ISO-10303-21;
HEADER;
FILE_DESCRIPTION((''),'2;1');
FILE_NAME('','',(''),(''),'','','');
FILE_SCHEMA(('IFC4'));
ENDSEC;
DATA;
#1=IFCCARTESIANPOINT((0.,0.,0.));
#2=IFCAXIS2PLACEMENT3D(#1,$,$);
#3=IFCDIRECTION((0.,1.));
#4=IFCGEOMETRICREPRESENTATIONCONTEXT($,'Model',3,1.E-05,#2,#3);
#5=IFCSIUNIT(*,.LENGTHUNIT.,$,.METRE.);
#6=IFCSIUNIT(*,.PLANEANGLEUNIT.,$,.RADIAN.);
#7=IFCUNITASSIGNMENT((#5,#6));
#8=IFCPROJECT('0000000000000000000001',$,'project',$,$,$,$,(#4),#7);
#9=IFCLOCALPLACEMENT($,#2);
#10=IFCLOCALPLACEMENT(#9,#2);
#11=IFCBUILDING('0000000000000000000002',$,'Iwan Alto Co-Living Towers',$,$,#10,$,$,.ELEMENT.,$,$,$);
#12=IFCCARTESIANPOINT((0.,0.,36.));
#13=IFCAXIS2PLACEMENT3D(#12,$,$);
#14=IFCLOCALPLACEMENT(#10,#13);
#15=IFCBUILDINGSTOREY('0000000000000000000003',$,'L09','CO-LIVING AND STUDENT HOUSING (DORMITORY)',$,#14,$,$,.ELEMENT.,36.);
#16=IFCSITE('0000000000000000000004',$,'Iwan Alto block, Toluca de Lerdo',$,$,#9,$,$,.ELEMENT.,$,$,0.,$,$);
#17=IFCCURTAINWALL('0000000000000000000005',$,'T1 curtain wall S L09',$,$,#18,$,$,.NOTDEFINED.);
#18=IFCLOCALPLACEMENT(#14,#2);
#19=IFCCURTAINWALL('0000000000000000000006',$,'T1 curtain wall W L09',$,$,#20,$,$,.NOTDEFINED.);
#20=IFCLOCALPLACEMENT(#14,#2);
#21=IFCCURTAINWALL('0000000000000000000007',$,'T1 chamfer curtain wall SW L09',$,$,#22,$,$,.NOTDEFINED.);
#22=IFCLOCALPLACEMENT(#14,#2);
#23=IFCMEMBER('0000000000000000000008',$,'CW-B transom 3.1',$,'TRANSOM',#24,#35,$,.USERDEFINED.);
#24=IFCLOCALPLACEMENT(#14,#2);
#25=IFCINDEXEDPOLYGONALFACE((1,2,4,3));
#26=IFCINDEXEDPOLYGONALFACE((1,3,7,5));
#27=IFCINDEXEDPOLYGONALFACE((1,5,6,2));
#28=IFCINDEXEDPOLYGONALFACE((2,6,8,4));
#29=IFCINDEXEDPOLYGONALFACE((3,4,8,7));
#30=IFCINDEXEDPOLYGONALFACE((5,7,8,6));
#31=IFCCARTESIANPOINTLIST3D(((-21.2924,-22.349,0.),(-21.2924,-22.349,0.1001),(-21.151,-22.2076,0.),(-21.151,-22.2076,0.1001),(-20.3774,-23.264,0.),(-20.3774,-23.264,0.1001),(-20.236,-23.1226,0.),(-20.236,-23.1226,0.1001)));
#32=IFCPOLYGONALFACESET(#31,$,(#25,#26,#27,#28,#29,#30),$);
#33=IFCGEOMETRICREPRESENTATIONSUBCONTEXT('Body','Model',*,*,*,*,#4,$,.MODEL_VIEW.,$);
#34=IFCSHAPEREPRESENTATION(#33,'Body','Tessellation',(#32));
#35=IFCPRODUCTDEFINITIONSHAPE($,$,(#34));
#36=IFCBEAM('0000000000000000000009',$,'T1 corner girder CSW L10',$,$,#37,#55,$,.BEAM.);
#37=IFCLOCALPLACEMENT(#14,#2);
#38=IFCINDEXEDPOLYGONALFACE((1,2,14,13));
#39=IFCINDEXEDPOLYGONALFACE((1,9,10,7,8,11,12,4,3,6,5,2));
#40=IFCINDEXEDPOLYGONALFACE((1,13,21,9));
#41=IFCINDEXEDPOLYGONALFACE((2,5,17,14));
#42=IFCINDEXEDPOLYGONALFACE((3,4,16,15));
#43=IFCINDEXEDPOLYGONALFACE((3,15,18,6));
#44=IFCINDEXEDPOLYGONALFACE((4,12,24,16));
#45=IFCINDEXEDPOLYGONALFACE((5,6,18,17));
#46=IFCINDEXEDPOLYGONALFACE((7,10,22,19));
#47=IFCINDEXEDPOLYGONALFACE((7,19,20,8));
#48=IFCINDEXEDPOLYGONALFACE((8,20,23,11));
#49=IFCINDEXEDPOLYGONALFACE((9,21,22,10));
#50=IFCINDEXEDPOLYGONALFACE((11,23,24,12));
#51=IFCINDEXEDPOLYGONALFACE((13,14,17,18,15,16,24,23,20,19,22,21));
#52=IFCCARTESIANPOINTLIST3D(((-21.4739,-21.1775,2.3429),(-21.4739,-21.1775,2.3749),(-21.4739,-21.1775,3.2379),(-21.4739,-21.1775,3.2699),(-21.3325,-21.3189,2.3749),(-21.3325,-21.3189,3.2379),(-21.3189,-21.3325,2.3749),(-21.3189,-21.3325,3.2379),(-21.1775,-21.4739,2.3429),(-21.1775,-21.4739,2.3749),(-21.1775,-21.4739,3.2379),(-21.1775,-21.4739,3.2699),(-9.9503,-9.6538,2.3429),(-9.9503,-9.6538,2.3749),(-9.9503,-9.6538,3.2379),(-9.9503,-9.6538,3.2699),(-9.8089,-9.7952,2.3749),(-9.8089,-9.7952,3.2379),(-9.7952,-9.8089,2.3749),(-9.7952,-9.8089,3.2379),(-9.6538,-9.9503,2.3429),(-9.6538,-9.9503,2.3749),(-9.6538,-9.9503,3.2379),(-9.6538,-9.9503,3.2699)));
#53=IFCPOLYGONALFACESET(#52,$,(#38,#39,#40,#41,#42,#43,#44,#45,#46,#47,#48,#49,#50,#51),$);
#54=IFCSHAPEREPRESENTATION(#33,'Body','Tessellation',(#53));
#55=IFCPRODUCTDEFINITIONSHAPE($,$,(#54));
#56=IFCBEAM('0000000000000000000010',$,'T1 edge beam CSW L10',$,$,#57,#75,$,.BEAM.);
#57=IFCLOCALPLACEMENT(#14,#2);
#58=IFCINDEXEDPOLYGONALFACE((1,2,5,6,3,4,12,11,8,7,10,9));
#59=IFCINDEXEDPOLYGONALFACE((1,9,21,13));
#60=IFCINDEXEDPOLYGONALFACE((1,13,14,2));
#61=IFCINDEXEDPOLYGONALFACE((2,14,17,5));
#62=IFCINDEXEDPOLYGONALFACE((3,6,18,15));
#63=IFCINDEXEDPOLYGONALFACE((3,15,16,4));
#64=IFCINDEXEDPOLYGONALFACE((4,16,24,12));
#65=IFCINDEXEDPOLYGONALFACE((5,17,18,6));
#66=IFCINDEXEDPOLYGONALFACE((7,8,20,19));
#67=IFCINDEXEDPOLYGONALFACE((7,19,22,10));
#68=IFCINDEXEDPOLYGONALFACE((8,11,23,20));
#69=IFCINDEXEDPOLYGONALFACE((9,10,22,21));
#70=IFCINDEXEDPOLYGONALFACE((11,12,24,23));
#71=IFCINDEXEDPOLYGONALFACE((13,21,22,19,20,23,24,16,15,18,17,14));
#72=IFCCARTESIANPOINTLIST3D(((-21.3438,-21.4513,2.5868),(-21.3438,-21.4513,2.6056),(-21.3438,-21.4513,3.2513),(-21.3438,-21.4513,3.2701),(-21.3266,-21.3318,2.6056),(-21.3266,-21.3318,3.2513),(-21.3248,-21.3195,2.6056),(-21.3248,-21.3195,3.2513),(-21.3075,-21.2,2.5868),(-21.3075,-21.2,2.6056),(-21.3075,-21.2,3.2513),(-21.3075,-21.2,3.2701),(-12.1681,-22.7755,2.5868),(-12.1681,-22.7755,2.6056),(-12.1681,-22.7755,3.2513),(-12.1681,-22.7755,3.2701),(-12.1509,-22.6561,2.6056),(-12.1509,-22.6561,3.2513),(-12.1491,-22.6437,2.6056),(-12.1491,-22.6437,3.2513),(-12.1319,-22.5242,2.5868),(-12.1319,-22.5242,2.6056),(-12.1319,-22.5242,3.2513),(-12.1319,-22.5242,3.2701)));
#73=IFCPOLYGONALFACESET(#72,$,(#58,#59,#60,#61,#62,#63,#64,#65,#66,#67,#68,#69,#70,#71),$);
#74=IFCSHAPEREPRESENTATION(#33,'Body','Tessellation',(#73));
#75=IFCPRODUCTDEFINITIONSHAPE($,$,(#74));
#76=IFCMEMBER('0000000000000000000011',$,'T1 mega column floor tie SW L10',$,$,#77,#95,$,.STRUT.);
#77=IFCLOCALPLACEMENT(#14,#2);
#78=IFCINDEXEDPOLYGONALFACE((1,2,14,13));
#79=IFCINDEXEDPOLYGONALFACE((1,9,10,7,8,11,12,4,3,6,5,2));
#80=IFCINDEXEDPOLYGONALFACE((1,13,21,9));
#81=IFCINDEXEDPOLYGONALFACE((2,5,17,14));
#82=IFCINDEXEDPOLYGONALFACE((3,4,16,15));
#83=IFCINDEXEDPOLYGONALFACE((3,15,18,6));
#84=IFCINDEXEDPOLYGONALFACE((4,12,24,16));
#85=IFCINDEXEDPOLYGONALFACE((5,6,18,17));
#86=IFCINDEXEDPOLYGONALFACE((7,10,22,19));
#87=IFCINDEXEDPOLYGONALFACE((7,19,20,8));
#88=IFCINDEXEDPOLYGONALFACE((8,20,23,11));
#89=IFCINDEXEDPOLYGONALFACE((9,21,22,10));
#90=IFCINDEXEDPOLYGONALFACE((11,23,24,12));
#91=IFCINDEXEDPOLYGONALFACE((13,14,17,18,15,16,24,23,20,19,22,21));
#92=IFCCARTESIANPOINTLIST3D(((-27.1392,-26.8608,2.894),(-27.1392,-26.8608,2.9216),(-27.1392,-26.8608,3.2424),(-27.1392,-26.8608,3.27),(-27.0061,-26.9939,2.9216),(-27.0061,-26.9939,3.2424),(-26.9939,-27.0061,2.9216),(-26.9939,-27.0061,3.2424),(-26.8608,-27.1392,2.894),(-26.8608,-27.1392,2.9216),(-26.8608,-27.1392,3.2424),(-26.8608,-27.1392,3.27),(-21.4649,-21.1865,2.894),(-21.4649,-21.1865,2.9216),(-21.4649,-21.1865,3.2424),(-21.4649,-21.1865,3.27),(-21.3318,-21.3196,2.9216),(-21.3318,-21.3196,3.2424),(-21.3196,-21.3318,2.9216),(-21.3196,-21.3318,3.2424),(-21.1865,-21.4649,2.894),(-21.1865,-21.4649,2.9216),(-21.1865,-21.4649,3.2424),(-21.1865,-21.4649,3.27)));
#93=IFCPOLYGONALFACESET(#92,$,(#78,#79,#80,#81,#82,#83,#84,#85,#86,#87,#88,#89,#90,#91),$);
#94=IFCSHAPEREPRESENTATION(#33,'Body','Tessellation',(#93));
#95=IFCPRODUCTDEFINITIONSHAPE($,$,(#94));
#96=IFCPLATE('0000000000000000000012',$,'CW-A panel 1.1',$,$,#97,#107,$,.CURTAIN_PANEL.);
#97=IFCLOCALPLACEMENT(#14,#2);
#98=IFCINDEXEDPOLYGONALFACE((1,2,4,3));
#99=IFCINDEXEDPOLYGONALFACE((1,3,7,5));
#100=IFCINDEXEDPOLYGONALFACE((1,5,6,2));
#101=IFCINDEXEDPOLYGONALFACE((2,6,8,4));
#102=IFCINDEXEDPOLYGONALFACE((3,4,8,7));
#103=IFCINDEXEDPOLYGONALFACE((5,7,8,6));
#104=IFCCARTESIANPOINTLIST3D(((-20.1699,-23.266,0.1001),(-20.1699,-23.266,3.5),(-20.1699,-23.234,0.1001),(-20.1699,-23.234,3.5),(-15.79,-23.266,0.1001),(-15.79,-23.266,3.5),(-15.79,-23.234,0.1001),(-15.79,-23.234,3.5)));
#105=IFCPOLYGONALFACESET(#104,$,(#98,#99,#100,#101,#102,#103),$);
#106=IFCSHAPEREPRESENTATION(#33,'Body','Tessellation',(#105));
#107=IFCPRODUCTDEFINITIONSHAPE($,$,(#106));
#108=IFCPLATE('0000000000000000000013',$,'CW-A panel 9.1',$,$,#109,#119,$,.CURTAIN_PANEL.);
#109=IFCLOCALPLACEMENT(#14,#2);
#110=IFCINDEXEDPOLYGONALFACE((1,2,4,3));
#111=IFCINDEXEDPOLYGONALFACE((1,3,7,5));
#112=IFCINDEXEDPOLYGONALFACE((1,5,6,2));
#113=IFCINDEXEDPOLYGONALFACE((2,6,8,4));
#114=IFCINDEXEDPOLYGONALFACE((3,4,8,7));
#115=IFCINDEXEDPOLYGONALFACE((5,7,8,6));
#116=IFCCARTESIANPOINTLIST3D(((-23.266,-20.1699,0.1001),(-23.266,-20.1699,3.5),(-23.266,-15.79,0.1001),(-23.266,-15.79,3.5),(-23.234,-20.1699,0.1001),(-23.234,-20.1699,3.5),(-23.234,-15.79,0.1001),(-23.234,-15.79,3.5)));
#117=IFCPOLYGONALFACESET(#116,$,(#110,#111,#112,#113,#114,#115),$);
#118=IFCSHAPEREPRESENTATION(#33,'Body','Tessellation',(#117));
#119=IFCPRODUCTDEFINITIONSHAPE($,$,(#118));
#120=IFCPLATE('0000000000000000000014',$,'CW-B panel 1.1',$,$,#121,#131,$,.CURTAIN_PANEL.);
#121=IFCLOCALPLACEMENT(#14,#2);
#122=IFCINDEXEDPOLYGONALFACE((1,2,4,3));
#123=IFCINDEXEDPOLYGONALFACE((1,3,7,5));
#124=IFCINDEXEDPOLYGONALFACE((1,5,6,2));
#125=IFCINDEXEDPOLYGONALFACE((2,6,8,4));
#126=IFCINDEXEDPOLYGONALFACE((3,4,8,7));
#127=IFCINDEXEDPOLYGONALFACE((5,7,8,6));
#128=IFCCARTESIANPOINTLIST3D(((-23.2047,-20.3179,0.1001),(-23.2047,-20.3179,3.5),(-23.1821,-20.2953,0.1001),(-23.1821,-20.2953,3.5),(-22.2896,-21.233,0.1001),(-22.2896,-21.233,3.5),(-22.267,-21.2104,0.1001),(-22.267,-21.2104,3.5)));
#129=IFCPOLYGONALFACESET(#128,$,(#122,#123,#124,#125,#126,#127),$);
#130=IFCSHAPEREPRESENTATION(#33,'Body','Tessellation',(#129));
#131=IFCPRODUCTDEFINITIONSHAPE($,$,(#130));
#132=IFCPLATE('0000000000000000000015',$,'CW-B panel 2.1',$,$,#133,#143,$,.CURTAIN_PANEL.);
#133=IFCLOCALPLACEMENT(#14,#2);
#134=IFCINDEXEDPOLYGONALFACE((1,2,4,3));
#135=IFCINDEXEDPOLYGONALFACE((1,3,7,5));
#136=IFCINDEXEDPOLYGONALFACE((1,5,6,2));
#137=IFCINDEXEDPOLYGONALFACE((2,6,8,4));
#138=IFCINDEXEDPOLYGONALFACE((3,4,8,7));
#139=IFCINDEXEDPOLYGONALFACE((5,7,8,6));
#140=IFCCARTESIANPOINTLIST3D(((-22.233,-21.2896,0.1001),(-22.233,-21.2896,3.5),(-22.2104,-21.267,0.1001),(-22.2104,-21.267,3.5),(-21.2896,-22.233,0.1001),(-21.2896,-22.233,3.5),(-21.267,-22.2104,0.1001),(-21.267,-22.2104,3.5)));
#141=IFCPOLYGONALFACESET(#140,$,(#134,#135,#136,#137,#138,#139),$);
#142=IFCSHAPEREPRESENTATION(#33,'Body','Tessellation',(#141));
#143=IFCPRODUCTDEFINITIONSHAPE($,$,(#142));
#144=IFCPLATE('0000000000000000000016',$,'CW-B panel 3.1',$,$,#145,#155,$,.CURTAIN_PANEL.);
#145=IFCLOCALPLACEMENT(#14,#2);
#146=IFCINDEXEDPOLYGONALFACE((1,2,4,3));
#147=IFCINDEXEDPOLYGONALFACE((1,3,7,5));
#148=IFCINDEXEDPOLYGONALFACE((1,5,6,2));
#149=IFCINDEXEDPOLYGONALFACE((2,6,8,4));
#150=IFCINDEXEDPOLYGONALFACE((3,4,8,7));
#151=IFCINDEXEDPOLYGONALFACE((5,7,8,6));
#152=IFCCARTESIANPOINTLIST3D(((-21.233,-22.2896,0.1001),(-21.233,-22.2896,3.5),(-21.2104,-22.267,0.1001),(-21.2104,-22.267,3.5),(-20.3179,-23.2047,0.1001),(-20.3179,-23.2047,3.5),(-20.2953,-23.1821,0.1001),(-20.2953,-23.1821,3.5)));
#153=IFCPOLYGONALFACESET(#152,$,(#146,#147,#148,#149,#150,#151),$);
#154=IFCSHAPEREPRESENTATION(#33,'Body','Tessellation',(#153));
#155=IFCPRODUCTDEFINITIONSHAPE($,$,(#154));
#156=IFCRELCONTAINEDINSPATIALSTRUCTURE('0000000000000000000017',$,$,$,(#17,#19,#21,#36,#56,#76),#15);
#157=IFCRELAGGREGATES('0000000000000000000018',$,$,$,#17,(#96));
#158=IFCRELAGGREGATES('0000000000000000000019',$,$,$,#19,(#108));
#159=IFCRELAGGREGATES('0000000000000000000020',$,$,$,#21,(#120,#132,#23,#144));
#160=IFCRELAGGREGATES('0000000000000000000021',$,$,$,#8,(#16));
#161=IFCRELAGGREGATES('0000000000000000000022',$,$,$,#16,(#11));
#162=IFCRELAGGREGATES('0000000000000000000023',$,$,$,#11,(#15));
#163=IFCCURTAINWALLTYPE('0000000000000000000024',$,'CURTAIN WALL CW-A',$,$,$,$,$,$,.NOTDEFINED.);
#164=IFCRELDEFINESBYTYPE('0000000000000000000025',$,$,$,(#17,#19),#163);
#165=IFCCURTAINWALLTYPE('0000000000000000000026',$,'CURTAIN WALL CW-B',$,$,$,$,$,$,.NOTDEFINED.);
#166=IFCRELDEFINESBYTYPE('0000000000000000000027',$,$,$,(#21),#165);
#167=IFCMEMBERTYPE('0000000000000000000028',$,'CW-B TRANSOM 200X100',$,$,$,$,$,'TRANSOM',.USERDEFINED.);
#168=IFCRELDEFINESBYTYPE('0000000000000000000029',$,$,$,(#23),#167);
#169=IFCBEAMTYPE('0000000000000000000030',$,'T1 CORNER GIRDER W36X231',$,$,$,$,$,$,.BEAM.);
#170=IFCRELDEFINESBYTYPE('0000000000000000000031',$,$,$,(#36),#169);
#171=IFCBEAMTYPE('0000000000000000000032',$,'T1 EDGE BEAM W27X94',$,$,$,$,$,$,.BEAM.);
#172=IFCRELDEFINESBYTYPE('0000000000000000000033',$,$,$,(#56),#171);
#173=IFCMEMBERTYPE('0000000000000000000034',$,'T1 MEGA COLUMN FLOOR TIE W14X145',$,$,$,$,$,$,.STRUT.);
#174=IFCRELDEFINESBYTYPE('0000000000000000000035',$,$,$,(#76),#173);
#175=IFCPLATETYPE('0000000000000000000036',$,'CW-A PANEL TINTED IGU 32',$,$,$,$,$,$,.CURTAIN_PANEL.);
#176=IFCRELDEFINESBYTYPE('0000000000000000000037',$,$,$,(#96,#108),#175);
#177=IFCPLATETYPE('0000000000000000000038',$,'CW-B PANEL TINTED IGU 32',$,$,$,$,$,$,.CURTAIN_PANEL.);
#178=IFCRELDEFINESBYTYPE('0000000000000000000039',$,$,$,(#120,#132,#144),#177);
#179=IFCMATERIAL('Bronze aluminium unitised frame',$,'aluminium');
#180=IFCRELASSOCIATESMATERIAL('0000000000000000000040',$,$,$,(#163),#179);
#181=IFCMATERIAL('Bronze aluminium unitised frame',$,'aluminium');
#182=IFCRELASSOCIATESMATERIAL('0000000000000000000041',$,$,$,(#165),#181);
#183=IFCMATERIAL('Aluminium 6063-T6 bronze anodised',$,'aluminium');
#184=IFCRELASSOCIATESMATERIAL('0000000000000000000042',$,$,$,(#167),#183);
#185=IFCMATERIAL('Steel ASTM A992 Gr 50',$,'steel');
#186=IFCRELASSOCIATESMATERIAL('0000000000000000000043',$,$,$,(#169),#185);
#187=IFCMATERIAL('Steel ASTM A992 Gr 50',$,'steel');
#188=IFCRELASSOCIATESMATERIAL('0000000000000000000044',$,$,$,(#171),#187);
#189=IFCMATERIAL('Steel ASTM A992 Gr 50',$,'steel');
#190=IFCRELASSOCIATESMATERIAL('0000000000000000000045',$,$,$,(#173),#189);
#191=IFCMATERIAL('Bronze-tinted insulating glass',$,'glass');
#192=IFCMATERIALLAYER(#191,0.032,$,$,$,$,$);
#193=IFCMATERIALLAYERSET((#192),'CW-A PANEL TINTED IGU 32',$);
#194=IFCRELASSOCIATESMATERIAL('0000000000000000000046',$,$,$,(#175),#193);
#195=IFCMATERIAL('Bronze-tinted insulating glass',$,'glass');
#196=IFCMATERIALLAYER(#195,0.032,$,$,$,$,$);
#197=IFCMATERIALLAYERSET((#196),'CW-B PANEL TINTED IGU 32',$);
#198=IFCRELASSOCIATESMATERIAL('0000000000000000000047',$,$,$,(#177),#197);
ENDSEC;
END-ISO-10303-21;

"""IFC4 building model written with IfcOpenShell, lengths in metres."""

from ifc_helpers import new_model, si_unit, direction, frame, origin, origin_2d, place, context, subcontext, project, spatial, rectangle, i_section, extrude, material, layer, layer_set, material_profile, profile_set, type_object, element, aggregate, save


model = new_model("IFC4")

# Units and contexts
model_context = context("Model", 3, precision=1e-05, world=origin(), true_north=direction((0.0, 1.0)))
body_context = subcontext(model_context, "Body", "Model", "MODEL_VIEW")
ifc_project = project(units=[si_unit("LENGTHUNIT", "METRE"), si_unit("PLANEANGLEUNIT", "RADIAN")], contexts=[model_context])

# Site, building, storey
site_placement = place(None, origin())
site = spatial("IfcSite", under=ifc_project, at=site_placement, Name="Iwan Alto block, Toluca de Lerdo", CompositionType="ELEMENT", RefElevation=0.0)
building_placement = place(site_placement, origin())
building = spatial("IfcBuilding", under=site, at=building_placement, Name="Iwan Alto Co-Living Towers", CompositionType="ELEMENT")
storey_placement = place(building_placement, frame((0.0, 0.0, 36.0)))
storey = spatial("IfcBuildingStorey", under=building, at=storey_placement, Name="L09", Description="CO-LIVING AND STUDENT HOUSING (DORMITORY)", CompositionType="ELEMENT", Elevation=36.0)

# Curtain wall
ifc_material_1 = material(Name="Bronze aluminium unitised frame", Category="aluminium")
curtain_wall_type_1 = type_object("IfcCurtainWallType", Name="CURTAIN WALL CW-A", PredefinedType="NOTDEFINED", material=ifc_material_1)
curtain_wall_1_placement = place(storey_placement, origin())
curtain_wall_1 = element("IfcCurtainWall", 1, at=curtain_wall_1_placement, inside=storey, type_object=curtain_wall_type_1, Name="T1 curtain wall S L09", PredefinedType="NOTDEFINED")

# Curtain wall
curtain_wall_2_placement = place(storey_placement, origin())
curtain_wall_2 = element("IfcCurtainWall", 2, at=curtain_wall_2_placement, inside=storey, type_object=curtain_wall_type_1, Name="T1 curtain wall W L09", PredefinedType="NOTDEFINED")

# Curtain wall, member
ifc_material_2 = material(Name="Bronze aluminium unitised frame", Category="aluminium")
curtain_wall_type_2 = type_object("IfcCurtainWallType", Name="CURTAIN WALL CW-B", PredefinedType="NOTDEFINED", material=ifc_material_2)
curtain_wall_3_placement = place(storey_placement, origin())
curtain_wall_3 = element("IfcCurtainWall", 3, at=curtain_wall_3_placement, inside=storey, type_object=curtain_wall_type_2, Name="T1 chamfer curtain wall SW L09", PredefinedType="NOTDEFINED")
ifc_material_3 = material(Name="Aluminium 6063-T6 bronze anodised", Category="aluminium")
ifc_material_profile_1 = material_profile(ifc_material_3, rectangle(XDim=0.2, YDim=0.1001, at=origin_2d()), Name="AL 200X100")
ifc_profile_set_1 = profile_set([ifc_material_profile_1], Name="Aluminium 6063-T6 bronze anodised")
member_type_1 = type_object("IfcMemberType", Name="CW-B TRANSOM 200X100", ElementType="TRANSOM", PredefinedType="USERDEFINED", material=ifc_profile_set_1)
member_1_placement = place(storey_placement, frame((-21.2217, -22.2783, 0.05), z_axis=(0.707107, -0.707107, 0.0), x_axis=(0.707107, 0.707107, 0.0)))
member_1 = element("IfcMember", 4, at=member_1_placement, type_object=member_type_1, Name="CW-B transom 3.1", ObjectType="TRANSOM", PredefinedType="USERDEFINED", context=body_context, shape_type="SweptSolid", body=[
    extrude(rectangle(XDim=0.2, YDim=0.1001, at=origin_2d()), origin(), (0.0, 0.0, 1.0), 1.2939),
])

# Beams
ifc_material_4 = material(Name="Steel ASTM A992 Gr 50", Category="steel")
ifc_material_profile_2 = material_profile(ifc_material_4, i_section(OverallWidth=0.4192, OverallDepth=0.927, WebThickness=0.0193, FlangeThickness=0.032, at=origin_2d()), Name="W36X231")
ifc_profile_set_2 = profile_set([ifc_material_profile_2], Name="Steel ASTM A992 Gr 50")
beam_type_1 = type_object("IfcBeamType", Name="T1 CORNER GIRDER W36X231", PredefinedType="BEAM", material=ifc_profile_set_2)
beam_1_placement = place(storey_placement, frame((-21.3257, -21.3257, 2.8064), z_axis=(0.707107, 0.707107, 0.0), x_axis=(-0.707107, 0.707107, 0.0)))
element("IfcBeam", 5, at=beam_1_placement, inside=storey, type_object=beam_type_1, Name="T1 corner girder CSW L10", PredefinedType="BEAM", context=body_context, shape_type="SweptSolid", body=[
    extrude(i_section(OverallWidth=0.4192, OverallDepth=0.927, WebThickness=0.0193, FlangeThickness=0.032, at=origin_2d()), origin(), (0.0, 0.0, 1.0), 16.2969),
])
ifc_material_5 = material(Name="Steel ASTM A992 Gr 50", Category="steel")
ifc_material_profile_3 = material_profile(ifc_material_5, i_section(OverallWidth=0.2539, OverallDepth=0.6833, WebThickness=0.0125, FlangeThickness=0.0188, at=origin_2d()), Name="W27X94")
ifc_profile_set_3 = profile_set([ifc_material_profile_3], Name="Steel ASTM A992 Gr 50")
beam_type_2 = type_object("IfcBeamType", Name="T1 EDGE BEAM W27X94", PredefinedType="BEAM", material=ifc_profile_set_3)
beam_2_placement = place(storey_placement, frame((-21.3257, -21.3257, 2.9285), z_axis=(0.989746, -0.142837, 0.0), x_axis=(0.142837, 0.989746, 0.0)))
element("IfcBeam", 6, at=beam_2_placement, inside=storey, type_object=beam_type_2, Name="T1 edge beam CSW L10", PredefinedType="BEAM", context=body_context, shape_type="SweptSolid", body=[
    extrude(i_section(OverallWidth=0.2539, OverallDepth=0.6833, WebThickness=0.0125, FlangeThickness=0.0188, at=origin_2d()), origin(), (0.0, 0.0, 1.0), 9.2708),
])

# Member
ifc_material_6 = material(Name="Steel ASTM A992 Gr 50", Category="steel")
ifc_material_profile_4 = material_profile(ifc_material_6, i_section(OverallWidth=0.3938, OverallDepth=0.376, WebThickness=0.0173, FlangeThickness=0.0276, at=origin_2d()), Name="W14X145")
ifc_profile_set_4 = profile_set([ifc_material_profile_4], Name="Steel ASTM A992 Gr 50")
member_type_2 = type_object("IfcMemberType", Name="T1 MEGA COLUMN FLOOR TIE W14X145", PredefinedType="STRUT", material=ifc_profile_set_4)
member_2_placement = place(storey_placement, frame((-27.0, -27.0, 3.082), z_axis=(0.707107, 0.707107, 0.0), x_axis=(-0.707107, 0.707107, 0.0)))
element("IfcMember", 7, at=member_2_placement, inside=storey, type_object=member_type_2, Name="T1 mega column floor tie SW L10", PredefinedType="STRUT", context=body_context, shape_type="SweptSolid", body=[
    extrude(i_section(OverallWidth=0.3938, OverallDepth=0.376, WebThickness=0.0173, FlangeThickness=0.0276, at=origin_2d()), origin(), (0.0, 0.0, 1.0), 8.0247),
])

# Plates
ifc_material_7 = material(Name="Bronze-tinted insulating glass", Category="glass")
ifc_layer_1 = layer(ifc_material_7, 0.032)
ifc_layer_set_1 = layer_set([ifc_layer_1], Name="CW-A PANEL TINTED IGU 32")
plate_type_1 = type_object("IfcPlateType", Name="CW-A PANEL TINTED IGU 32", PredefinedType="CURTAIN_PANEL", material=ifc_layer_set_1)
plate_1_placement = place(storey_placement, frame((-17.98, -23.25, 0.1001), z_axis=(0.0, 0.0, 1.0), x_axis=(1.0, 0.0, 0.0)))
plate_1 = element("IfcPlate", 8, at=plate_1_placement, type_object=plate_type_1, Name="CW-A panel 1.1", PredefinedType="CURTAIN_PANEL", context=body_context, shape_type="SweptSolid", body=[
    extrude(rectangle(XDim=4.3799, YDim=0.032, at=origin_2d()), origin(), (0.0, 0.0, 1.0), 3.3999),
])
aggregate(curtain_wall_1, [plate_1])
plate_2_placement = place(storey_placement, frame((-23.25, -17.98, 0.1001), z_axis=(0.0, 0.0, 1.0), x_axis=(0.0, -1.0, 0.0)))
plate_2 = element("IfcPlate", 9, at=plate_2_placement, type_object=plate_type_1, Name="CW-A panel 9.1", PredefinedType="CURTAIN_PANEL", context=body_context, shape_type="SweptSolid", body=[
    extrude(rectangle(XDim=4.3799, YDim=0.032, at=origin_2d()), origin(), (0.0, 0.0, 1.0), 3.3999),
])
aggregate(curtain_wall_2, [plate_2])
ifc_material_8 = material(Name="Bronze-tinted insulating glass", Category="glass")
ifc_layer_2 = layer(ifc_material_8, 0.032)
ifc_layer_set_2 = layer_set([ifc_layer_2], Name="CW-B PANEL TINTED IGU 32")
plate_type_2 = type_object("IfcPlateType", Name="CW-B PANEL TINTED IGU 32", PredefinedType="CURTAIN_PANEL", material=ifc_layer_set_2)
plate_3_placement = place(storey_placement, frame((-22.7358, -20.7642, 0.1001), z_axis=(0.0, 0.0, 1.0), x_axis=(0.707107, -0.707107, 0.0)))
plate_3 = element("IfcPlate", 10, at=plate_3_placement, type_object=plate_type_2, Name="CW-B panel 1.1", PredefinedType="CURTAIN_PANEL", context=body_context, shape_type="SweptSolid", body=[
    extrude(rectangle(XDim=1.2942, YDim=0.032, at=origin_2d()), origin(), (0.0, 0.0, 1.0), 3.3999),
])
plate_4_placement = place(storey_placement, frame((-21.75, -21.75, 0.1001), z_axis=(0.0, 0.0, 1.0), x_axis=(0.707107, -0.707107, 0.0)))
plate_4 = element("IfcPlate", 11, at=plate_4_placement, type_object=plate_type_2, Name="CW-B panel 2.1", PredefinedType="CURTAIN_PANEL", context=body_context, shape_type="SweptSolid", body=[
    extrude(rectangle(XDim=1.3342, YDim=0.032, at=origin_2d()), origin(), (0.0, 0.0, 1.0), 3.3999),
])
plate_5_placement = place(storey_placement, frame((-20.7642, -22.7358, 0.1001), z_axis=(0.0, 0.0, 1.0), x_axis=(0.707107, -0.707107, 0.0)))
plate_5 = element("IfcPlate", 12, at=plate_5_placement, type_object=plate_type_2, Name="CW-B panel 3.1", PredefinedType="CURTAIN_PANEL", context=body_context, shape_type="SweptSolid", body=[
    extrude(rectangle(XDim=1.2942, YDim=0.032, at=origin_2d()), origin(), (0.0, 0.0, 1.0), 3.3999),
])
aggregate(curtain_wall_3, [plate_3, plate_4, member_1, plate_5])

save(model, "model.ifc")
